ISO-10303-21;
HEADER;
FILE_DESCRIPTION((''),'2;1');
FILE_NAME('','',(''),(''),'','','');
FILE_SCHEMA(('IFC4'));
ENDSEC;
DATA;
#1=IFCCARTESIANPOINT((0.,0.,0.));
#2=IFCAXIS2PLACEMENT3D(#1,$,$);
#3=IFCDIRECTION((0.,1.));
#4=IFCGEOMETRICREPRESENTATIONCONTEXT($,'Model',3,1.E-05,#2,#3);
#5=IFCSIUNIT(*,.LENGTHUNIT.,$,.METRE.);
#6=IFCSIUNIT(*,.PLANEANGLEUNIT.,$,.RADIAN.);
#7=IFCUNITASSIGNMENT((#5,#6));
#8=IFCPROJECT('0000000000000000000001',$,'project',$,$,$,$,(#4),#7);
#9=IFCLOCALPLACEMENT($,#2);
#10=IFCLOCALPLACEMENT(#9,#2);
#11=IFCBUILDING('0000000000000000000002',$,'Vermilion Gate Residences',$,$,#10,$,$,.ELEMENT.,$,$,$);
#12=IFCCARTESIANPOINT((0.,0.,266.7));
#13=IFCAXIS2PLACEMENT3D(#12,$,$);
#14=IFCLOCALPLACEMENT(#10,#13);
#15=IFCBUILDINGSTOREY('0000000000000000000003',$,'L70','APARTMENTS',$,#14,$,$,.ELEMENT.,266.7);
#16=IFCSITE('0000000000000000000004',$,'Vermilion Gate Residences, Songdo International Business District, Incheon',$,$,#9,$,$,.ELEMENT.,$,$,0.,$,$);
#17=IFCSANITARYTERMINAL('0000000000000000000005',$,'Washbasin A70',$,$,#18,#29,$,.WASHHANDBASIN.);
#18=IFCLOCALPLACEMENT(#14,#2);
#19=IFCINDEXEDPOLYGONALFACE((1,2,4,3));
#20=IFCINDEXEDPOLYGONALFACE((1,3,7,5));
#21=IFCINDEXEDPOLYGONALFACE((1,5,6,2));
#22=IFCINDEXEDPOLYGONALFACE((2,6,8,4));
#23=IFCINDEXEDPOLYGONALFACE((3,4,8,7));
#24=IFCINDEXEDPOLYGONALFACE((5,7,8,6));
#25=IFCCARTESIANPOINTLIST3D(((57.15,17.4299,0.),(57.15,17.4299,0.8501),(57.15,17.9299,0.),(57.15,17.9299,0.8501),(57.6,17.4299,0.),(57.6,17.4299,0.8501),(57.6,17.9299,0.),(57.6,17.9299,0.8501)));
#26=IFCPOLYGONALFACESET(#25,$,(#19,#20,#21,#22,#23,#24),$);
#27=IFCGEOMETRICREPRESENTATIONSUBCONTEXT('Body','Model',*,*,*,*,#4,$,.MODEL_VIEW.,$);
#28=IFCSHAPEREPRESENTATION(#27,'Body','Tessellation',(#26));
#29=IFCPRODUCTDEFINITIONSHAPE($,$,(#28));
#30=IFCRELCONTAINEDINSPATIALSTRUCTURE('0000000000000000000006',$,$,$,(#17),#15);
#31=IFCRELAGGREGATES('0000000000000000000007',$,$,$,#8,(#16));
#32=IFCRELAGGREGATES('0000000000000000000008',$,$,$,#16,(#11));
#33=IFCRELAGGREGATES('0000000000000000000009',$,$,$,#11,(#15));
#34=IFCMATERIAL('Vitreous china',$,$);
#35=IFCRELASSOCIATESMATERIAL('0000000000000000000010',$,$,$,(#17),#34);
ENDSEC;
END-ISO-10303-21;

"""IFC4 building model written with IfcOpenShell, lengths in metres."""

from ifc_helpers import new_model, si_unit, direction, frame, origin, origin_2d, place, context, subcontext, project, spatial, rectangle, extrude, material, element, save


model = new_model("IFC4")

# Units and contexts
model_context = context("Model", 3, precision=1e-05, world=origin(), true_north=direction((0.0, 1.0)))
body_context = subcontext(model_context, "Body", "Model", "MODEL_VIEW")
ifc_project = project(units=[si_unit("LENGTHUNIT", "METRE"), si_unit("PLANEANGLEUNIT", "RADIAN")], contexts=[model_context])

# Site, building, storey
site_placement = place(None, origin())
site = spatial("IfcSite", under=ifc_project, at=site_placement, Name="Vermilion Gate Residences, Songdo International Business District, Incheon", CompositionType="ELEMENT", RefElevation=0.0)
building_placement = place(site_placement, origin())
building = spatial("IfcBuilding", under=site, at=building_placement, Name="Vermilion Gate Residences", CompositionType="ELEMENT")
storey_placement = place(building_placement, frame((0.0, 0.0, 266.7)))
storey = spatial("IfcBuildingStorey", under=building, at=storey_placement, Name="L70", Description="APARTMENTS", CompositionType="ELEMENT", Elevation=266.7)

# Sanitary terminal
ifc_material_1 = material(Name="Vitreous china")
sanitary_terminal_1_placement = place(storey_placement, frame((57.375, 17.6799, 0.0), z_axis=(0.0, 0.0, 1.0), x_axis=(1.0, 0.0, 0.0)))
element("IfcSanitaryTerminal", 1, at=sanitary_terminal_1_placement, inside=storey, material=ifc_material_1, Name="Washbasin A70", PredefinedType="WASHHANDBASIN", context=body_context, shape_type="SweptSolid", body=[
    extrude(rectangle(XDim=0.45, YDim=0.5, at=origin_2d()), origin(), (0.0, 0.0, 1.0), 0.8501),
])

save(model, "model.ifc")
